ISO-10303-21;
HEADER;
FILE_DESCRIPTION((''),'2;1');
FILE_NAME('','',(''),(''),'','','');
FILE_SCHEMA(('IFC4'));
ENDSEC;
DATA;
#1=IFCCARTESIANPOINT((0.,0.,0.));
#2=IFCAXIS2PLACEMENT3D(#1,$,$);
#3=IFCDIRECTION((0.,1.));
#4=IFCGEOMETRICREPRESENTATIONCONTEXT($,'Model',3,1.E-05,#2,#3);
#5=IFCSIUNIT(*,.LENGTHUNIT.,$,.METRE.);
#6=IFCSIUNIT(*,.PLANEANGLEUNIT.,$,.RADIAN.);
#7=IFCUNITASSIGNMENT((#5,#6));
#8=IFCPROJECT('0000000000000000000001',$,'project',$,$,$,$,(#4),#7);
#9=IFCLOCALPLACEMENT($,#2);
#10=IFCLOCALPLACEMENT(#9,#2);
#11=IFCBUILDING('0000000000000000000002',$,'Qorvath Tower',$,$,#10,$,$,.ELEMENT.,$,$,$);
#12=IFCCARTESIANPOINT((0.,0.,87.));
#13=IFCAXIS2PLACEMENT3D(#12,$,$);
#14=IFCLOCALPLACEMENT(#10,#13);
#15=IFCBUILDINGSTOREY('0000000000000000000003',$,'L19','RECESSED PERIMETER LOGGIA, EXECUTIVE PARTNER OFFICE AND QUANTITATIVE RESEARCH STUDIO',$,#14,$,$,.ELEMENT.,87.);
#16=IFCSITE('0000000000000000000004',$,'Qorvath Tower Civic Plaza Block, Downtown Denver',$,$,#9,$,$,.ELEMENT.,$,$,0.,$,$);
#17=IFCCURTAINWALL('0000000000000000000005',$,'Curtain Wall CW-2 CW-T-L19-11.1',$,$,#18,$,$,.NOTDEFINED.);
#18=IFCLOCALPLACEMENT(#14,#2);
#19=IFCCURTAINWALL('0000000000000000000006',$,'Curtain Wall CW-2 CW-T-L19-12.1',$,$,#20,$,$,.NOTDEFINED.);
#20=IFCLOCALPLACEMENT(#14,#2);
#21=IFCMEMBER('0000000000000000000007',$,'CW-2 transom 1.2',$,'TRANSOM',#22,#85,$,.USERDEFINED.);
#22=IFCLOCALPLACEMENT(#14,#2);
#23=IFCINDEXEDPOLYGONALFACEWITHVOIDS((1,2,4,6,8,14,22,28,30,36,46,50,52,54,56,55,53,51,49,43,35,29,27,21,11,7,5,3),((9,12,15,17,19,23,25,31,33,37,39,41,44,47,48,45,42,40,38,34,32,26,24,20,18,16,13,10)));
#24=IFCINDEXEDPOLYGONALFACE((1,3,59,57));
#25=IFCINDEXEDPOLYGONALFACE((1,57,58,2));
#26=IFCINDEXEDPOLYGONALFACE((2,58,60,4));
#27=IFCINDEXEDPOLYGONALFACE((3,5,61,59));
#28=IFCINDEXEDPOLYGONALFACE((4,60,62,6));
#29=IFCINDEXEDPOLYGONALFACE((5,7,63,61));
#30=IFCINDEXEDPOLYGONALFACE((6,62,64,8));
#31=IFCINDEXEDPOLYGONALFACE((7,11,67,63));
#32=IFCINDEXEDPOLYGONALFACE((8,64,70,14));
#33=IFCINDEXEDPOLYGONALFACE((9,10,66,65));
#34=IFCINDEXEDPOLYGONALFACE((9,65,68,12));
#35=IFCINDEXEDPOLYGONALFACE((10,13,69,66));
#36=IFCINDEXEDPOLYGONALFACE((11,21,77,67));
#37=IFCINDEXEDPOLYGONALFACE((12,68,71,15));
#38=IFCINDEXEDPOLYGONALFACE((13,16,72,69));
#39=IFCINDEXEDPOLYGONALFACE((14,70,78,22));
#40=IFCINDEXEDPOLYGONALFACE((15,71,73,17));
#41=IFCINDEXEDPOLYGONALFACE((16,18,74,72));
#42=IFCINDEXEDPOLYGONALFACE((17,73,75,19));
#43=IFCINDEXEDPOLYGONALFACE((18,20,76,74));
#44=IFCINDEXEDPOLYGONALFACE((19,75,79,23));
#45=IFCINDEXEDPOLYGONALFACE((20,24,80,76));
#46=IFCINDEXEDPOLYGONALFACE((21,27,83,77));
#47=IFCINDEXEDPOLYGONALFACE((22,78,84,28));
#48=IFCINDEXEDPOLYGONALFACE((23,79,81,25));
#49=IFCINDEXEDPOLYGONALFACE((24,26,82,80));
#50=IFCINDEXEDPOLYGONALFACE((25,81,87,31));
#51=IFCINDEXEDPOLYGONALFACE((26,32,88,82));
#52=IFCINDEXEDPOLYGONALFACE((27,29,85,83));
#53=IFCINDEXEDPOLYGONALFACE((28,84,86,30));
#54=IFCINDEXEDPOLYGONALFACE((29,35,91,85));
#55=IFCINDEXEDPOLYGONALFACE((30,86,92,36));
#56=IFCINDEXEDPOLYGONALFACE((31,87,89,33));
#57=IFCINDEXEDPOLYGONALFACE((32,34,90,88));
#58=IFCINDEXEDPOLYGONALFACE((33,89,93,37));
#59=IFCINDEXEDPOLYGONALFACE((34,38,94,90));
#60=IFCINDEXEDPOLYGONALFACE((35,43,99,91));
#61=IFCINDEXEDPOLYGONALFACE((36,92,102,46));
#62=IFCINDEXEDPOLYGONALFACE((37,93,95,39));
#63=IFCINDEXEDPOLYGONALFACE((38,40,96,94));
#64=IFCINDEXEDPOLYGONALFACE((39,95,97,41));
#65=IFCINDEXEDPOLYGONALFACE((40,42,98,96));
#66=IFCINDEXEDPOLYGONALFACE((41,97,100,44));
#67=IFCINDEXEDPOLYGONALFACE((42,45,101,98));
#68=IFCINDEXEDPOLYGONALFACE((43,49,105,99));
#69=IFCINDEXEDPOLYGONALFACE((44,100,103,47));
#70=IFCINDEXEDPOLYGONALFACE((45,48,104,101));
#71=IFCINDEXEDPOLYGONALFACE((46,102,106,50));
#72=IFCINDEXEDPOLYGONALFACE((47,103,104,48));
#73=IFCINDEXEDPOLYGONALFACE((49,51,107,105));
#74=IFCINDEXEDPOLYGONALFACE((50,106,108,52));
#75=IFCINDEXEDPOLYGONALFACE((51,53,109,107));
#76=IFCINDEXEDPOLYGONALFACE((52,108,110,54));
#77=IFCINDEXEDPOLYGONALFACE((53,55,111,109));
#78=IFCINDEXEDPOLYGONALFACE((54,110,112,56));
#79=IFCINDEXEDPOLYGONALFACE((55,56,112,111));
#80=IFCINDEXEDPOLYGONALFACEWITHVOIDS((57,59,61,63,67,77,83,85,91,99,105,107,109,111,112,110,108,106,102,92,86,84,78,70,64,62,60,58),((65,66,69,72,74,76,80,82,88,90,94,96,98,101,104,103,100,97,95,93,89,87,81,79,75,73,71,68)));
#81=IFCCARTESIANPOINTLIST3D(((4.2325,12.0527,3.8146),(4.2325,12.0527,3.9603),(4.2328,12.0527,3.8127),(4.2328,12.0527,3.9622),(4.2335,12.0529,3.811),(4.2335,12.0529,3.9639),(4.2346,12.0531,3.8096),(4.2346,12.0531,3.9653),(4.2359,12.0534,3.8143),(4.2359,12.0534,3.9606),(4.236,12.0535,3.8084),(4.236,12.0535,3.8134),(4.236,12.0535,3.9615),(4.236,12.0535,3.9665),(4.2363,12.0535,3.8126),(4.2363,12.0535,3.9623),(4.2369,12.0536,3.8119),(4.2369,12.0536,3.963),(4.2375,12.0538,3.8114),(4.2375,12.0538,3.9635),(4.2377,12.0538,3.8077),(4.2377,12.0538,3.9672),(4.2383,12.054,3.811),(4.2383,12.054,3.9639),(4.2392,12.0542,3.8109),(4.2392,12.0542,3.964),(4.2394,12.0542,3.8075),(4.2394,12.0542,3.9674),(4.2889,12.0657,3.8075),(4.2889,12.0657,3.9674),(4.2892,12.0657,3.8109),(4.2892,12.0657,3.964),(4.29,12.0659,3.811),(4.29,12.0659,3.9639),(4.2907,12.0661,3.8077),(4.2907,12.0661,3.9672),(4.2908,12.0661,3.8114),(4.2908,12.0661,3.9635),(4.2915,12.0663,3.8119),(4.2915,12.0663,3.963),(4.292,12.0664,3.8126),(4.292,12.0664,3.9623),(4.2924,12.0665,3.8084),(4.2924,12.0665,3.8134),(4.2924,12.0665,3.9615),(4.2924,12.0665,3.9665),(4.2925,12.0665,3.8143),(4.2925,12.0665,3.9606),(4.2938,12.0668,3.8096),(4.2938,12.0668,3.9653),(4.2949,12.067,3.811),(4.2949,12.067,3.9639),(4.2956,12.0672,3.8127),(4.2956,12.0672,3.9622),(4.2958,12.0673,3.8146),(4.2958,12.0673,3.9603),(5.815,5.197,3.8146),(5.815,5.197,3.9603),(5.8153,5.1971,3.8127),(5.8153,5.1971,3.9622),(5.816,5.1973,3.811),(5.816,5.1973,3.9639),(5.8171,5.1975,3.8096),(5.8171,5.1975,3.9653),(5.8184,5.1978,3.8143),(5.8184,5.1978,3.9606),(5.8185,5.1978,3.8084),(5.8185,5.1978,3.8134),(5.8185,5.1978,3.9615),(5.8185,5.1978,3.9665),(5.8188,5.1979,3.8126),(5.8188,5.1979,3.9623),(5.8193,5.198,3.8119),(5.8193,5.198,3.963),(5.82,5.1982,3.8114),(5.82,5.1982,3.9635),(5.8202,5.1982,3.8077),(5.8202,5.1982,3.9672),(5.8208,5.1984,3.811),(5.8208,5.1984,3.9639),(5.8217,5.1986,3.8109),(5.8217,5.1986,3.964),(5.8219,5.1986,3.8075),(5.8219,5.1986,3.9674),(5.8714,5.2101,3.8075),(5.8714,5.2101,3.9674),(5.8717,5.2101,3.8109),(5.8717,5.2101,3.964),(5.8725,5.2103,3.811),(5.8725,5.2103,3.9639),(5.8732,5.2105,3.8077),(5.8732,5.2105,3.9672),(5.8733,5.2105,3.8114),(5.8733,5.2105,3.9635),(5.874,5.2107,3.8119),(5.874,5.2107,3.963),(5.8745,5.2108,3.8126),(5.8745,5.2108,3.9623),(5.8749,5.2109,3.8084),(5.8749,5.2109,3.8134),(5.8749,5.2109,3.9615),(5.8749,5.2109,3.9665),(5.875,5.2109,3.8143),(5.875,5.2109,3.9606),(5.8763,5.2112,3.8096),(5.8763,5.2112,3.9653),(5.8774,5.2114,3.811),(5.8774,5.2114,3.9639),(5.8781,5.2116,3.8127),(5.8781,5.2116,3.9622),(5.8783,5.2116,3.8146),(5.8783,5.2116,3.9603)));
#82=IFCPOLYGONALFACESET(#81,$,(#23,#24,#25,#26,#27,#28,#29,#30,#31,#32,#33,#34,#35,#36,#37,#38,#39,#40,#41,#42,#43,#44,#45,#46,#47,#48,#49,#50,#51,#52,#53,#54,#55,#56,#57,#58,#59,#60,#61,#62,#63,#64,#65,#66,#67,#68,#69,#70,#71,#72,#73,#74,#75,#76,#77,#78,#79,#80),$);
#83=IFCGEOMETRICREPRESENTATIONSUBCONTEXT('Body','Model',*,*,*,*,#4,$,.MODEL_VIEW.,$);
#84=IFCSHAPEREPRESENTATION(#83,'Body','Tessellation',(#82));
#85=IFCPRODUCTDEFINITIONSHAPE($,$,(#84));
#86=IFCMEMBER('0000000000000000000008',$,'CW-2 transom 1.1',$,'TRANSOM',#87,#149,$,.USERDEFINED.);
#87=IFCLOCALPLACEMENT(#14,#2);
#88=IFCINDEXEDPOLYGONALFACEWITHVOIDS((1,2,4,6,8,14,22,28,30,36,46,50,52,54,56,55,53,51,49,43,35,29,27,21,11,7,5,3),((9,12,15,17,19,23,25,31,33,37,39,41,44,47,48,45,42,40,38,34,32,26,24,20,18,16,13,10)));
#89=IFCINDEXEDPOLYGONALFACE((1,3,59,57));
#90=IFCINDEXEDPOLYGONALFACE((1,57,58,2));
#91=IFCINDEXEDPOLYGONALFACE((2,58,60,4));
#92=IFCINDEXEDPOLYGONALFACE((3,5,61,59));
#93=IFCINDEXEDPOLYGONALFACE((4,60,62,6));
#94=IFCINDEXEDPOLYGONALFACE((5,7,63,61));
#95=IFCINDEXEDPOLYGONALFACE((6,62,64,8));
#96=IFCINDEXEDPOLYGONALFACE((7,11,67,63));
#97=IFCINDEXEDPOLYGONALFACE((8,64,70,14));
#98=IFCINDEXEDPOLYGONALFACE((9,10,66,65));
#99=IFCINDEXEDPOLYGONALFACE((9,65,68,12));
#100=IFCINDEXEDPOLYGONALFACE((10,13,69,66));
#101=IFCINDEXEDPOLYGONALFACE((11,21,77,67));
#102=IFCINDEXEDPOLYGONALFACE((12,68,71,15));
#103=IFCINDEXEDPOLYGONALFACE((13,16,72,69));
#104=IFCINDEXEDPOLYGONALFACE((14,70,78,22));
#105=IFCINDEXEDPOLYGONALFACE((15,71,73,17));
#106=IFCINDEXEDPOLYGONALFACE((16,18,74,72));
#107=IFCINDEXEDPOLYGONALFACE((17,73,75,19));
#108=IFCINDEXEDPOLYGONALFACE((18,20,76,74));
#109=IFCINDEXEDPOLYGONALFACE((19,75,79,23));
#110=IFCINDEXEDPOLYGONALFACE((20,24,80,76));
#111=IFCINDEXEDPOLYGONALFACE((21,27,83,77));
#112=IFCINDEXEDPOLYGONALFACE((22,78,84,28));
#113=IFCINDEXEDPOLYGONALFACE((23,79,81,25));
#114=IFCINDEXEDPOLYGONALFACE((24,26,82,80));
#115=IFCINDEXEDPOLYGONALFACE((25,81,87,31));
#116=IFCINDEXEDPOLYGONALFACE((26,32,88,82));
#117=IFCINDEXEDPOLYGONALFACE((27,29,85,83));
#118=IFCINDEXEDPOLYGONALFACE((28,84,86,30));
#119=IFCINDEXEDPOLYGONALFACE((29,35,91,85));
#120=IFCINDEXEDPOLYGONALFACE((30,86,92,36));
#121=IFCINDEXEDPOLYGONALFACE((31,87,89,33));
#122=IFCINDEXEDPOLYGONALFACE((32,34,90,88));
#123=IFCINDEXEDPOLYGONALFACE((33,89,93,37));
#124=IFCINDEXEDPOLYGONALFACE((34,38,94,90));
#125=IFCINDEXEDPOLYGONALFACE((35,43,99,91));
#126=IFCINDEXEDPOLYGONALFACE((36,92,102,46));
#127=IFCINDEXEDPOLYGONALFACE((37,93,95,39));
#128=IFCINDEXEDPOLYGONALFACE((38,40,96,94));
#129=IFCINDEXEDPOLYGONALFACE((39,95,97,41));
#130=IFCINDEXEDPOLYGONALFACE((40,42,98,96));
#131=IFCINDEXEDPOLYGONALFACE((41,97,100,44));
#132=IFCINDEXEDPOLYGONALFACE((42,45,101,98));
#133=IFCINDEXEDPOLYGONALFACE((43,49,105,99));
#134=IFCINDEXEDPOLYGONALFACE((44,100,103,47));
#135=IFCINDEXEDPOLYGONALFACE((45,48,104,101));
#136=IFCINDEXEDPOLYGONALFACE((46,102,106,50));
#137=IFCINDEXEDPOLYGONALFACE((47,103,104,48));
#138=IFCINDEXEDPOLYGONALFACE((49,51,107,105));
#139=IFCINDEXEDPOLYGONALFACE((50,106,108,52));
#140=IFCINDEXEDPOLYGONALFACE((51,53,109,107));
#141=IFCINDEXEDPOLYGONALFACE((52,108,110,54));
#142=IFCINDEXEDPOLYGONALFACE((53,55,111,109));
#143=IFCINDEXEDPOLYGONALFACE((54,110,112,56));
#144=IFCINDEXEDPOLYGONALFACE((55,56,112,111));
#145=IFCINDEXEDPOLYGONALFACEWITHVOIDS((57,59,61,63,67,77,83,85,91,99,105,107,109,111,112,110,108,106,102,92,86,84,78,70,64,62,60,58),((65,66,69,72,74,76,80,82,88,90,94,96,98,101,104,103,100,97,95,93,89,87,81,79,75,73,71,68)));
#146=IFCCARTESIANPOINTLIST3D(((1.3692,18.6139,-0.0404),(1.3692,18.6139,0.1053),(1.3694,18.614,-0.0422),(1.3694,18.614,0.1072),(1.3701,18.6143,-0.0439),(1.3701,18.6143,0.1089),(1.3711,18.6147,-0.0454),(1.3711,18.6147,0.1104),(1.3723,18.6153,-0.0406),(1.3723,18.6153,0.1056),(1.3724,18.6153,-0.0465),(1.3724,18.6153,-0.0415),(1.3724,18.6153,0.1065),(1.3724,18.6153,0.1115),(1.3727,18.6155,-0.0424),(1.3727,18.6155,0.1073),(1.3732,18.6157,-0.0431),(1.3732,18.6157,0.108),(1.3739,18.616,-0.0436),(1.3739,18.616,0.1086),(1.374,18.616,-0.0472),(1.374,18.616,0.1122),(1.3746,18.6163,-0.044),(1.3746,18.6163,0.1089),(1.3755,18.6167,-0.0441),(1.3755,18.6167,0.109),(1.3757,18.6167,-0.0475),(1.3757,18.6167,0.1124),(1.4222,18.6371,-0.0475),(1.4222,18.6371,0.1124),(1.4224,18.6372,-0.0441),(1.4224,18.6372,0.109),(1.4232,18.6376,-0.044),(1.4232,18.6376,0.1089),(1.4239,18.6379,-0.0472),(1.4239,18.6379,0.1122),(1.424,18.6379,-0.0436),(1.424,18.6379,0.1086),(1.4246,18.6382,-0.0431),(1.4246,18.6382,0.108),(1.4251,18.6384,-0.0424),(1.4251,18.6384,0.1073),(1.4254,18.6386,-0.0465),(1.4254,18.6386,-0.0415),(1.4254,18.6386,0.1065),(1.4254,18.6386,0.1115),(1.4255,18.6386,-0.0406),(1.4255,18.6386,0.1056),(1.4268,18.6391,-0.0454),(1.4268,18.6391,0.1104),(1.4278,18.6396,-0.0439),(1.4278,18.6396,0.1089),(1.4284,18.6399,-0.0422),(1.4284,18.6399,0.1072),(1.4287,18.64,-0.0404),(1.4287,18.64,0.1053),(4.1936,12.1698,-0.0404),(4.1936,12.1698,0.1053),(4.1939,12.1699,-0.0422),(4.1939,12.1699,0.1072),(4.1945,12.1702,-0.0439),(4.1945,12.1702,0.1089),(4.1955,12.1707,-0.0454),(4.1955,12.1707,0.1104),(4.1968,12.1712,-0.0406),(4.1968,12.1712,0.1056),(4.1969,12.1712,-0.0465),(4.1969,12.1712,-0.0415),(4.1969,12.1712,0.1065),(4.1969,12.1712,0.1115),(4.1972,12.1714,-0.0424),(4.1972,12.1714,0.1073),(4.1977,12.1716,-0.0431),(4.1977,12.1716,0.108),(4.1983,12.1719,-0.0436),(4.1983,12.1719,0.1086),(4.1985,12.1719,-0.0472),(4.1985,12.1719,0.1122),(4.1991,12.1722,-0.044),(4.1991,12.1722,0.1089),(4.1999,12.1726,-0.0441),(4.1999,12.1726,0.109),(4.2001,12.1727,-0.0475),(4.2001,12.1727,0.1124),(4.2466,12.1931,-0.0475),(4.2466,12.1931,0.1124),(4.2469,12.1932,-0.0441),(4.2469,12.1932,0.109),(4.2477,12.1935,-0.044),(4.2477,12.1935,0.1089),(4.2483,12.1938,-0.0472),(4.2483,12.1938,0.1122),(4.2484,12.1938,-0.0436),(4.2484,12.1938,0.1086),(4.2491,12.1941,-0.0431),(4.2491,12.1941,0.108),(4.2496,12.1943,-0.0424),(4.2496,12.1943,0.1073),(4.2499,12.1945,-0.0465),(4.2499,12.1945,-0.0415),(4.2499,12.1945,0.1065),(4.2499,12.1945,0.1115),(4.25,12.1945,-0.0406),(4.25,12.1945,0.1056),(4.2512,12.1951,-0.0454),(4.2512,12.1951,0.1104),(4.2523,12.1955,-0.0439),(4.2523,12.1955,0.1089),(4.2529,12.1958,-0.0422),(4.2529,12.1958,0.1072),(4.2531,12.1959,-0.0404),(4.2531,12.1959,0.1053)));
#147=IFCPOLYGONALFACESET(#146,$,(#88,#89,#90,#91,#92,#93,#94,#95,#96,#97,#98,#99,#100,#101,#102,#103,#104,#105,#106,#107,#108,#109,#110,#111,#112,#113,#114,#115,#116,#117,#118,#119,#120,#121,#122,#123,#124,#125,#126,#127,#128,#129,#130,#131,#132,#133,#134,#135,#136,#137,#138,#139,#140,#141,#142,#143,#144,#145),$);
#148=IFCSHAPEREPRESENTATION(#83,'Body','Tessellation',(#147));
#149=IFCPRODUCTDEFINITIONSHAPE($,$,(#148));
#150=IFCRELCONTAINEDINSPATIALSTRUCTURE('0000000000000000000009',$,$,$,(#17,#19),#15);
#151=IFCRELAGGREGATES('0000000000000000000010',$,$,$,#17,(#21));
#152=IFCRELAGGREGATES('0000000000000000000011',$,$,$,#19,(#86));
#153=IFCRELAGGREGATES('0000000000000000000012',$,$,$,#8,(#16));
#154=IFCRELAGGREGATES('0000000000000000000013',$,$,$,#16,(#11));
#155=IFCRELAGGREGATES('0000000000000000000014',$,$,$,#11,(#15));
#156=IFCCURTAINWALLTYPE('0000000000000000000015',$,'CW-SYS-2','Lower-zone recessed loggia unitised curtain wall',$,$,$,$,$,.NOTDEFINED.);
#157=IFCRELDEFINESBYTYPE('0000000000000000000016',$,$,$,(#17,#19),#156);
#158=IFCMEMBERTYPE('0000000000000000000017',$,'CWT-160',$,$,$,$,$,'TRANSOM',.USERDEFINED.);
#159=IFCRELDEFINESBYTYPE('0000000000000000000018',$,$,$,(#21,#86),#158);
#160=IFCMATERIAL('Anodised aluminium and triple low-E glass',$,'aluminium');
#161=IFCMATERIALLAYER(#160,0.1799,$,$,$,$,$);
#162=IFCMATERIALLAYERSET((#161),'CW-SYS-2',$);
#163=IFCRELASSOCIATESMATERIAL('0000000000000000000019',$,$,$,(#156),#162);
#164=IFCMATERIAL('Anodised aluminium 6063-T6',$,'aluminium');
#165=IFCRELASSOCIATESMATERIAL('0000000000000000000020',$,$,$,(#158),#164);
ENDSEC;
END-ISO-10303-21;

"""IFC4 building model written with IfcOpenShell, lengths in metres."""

from ifc_helpers import new_model, si_unit, direction, frame, origin, origin_2d, place, context, subcontext, project, spatial, hollow_rectangle, extrude, material, layer, layer_set, material_profile, profile_set, type_object, element, aggregate, save


model = new_model("IFC4")

# Units and contexts
model_context = context("Model", 3, precision=1e-05, world=origin(), true_north=direction((0.0, 1.0)))
body_context = subcontext(model_context, "Body", "Model", "MODEL_VIEW")
ifc_project = project(units=[si_unit("LENGTHUNIT", "METRE"), si_unit("PLANEANGLEUNIT", "RADIAN")], contexts=[model_context])

# Site, building, storey
site_placement = place(None, origin())
site = spatial("IfcSite", under=ifc_project, at=site_placement, Name="Qorvath Tower Civic Plaza Block, Downtown Denver", CompositionType="ELEMENT", RefElevation=0.0)
building_placement = place(site_placement, origin())
building = spatial("IfcBuilding", under=site, at=building_placement, Name="Qorvath Tower", CompositionType="ELEMENT")
storey_placement = place(building_placement, frame((0.0, 0.0, 87.0)))
storey = spatial("IfcBuildingStorey", under=building, at=storey_placement, Name="L19", Description="RECESSED PERIMETER LOGGIA, EXECUTIVE PARTNER OFFICE AND QUANTITATIVE RESEARCH STUDIO", CompositionType="ELEMENT", Elevation=87.0)

# Shared definitions
ifc_material_1 = material(Name="Anodised aluminium and triple low-E glass", Category="aluminium")
ifc_layer_1 = layer(ifc_material_1, 0.1799)
ifc_layer_set_1 = layer_set([ifc_layer_1], Name="CW-SYS-2")
curtain_wall_type = type_object("IfcCurtainWallType", Name="CW-SYS-2", Description="Lower-zone recessed loggia unitised curtain wall", PredefinedType="NOTDEFINED", material=ifc_layer_set_1)

# Curtain walls
curtain_wall_1_placement = place(storey_placement, origin())
curtain_wall_1 = element("IfcCurtainWall", 1, at=curtain_wall_1_placement, inside=storey, type_object=curtain_wall_type, Name="Curtain Wall CW-2 CW-T-L19-11.1", PredefinedType="NOTDEFINED")
curtain_wall_2_placement = place(storey_placement, origin())
curtain_wall_2 = element("IfcCurtainWall", 2, at=curtain_wall_2_placement, inside=storey, type_object=curtain_wall_type, Name="Curtain Wall CW-2 CW-T-L19-12.1", PredefinedType="NOTDEFINED")

# Members
ifc_material_2 = material(Name="Anodised aluminium 6063-T6", Category="aluminium")
ifc_material_profile_1 = material_profile(ifc_material_2, hollow_rectangle(XDim=0.0649, YDim=0.1599, WallThickness=0.0034, InnerFilletRadius=0.0034, OuterFilletRadius=0.0071, at=origin_2d()), Name="CWT 160x65")
ifc_profile_set_1 = profile_set([ifc_material_profile_1], Name="Anodised aluminium 6063-T6")
member_type_1 = type_object("IfcMemberType", Name="CWT-160", ElementType="TRANSOM", PredefinedType="USERDEFINED", material=ifc_profile_set_1)
member_1_placement = place(storey_placement, frame((5.8467, 5.2043, 3.8875), z_axis=(-0.224918, 0.974378, 0.0), x_axis=(-0.974378, -0.224918, 0.0)))
member_1 = element("IfcMember", 3, at=member_1_placement, type_object=member_type_1, Name="CW-2 transom 1.2", ObjectType="TRANSOM", PredefinedType="USERDEFINED", context=body_context, shape_type="SweptSolid", body=[
    extrude(hollow_rectangle(XDim=0.0649, YDim=0.1599, WallThickness=0.0034, InnerFilletRadius=0.0034, OuterFilletRadius=0.0071, at=origin_2d()), origin(), (0.0, 0.0, 1.0), 7.0359),
])
member_2_placement = place(storey_placement, frame((4.2234, 12.1829, 0.0325), z_axis=(-0.401436, 0.915887, 0.0), x_axis=(-0.915887, -0.401436, 0.0)))
member_2 = element("IfcMember", 4, at=member_2_placement, type_object=member_type_1, Name="CW-2 transom 1.1", ObjectType="TRANSOM", PredefinedType="USERDEFINED", context=body_context, shape_type="SweptSolid", body=[
    extrude(hollow_rectangle(XDim=0.0649, YDim=0.1599, WallThickness=0.0034, InnerFilletRadius=0.0034, OuterFilletRadius=0.0071, at=origin_2d()), origin(), (0.0, 0.0, 1.0), 7.0359),
])

aggregate(curtain_wall_1, [member_1])
aggregate(curtain_wall_2, [member_2])

save(model, "model.ifc")
